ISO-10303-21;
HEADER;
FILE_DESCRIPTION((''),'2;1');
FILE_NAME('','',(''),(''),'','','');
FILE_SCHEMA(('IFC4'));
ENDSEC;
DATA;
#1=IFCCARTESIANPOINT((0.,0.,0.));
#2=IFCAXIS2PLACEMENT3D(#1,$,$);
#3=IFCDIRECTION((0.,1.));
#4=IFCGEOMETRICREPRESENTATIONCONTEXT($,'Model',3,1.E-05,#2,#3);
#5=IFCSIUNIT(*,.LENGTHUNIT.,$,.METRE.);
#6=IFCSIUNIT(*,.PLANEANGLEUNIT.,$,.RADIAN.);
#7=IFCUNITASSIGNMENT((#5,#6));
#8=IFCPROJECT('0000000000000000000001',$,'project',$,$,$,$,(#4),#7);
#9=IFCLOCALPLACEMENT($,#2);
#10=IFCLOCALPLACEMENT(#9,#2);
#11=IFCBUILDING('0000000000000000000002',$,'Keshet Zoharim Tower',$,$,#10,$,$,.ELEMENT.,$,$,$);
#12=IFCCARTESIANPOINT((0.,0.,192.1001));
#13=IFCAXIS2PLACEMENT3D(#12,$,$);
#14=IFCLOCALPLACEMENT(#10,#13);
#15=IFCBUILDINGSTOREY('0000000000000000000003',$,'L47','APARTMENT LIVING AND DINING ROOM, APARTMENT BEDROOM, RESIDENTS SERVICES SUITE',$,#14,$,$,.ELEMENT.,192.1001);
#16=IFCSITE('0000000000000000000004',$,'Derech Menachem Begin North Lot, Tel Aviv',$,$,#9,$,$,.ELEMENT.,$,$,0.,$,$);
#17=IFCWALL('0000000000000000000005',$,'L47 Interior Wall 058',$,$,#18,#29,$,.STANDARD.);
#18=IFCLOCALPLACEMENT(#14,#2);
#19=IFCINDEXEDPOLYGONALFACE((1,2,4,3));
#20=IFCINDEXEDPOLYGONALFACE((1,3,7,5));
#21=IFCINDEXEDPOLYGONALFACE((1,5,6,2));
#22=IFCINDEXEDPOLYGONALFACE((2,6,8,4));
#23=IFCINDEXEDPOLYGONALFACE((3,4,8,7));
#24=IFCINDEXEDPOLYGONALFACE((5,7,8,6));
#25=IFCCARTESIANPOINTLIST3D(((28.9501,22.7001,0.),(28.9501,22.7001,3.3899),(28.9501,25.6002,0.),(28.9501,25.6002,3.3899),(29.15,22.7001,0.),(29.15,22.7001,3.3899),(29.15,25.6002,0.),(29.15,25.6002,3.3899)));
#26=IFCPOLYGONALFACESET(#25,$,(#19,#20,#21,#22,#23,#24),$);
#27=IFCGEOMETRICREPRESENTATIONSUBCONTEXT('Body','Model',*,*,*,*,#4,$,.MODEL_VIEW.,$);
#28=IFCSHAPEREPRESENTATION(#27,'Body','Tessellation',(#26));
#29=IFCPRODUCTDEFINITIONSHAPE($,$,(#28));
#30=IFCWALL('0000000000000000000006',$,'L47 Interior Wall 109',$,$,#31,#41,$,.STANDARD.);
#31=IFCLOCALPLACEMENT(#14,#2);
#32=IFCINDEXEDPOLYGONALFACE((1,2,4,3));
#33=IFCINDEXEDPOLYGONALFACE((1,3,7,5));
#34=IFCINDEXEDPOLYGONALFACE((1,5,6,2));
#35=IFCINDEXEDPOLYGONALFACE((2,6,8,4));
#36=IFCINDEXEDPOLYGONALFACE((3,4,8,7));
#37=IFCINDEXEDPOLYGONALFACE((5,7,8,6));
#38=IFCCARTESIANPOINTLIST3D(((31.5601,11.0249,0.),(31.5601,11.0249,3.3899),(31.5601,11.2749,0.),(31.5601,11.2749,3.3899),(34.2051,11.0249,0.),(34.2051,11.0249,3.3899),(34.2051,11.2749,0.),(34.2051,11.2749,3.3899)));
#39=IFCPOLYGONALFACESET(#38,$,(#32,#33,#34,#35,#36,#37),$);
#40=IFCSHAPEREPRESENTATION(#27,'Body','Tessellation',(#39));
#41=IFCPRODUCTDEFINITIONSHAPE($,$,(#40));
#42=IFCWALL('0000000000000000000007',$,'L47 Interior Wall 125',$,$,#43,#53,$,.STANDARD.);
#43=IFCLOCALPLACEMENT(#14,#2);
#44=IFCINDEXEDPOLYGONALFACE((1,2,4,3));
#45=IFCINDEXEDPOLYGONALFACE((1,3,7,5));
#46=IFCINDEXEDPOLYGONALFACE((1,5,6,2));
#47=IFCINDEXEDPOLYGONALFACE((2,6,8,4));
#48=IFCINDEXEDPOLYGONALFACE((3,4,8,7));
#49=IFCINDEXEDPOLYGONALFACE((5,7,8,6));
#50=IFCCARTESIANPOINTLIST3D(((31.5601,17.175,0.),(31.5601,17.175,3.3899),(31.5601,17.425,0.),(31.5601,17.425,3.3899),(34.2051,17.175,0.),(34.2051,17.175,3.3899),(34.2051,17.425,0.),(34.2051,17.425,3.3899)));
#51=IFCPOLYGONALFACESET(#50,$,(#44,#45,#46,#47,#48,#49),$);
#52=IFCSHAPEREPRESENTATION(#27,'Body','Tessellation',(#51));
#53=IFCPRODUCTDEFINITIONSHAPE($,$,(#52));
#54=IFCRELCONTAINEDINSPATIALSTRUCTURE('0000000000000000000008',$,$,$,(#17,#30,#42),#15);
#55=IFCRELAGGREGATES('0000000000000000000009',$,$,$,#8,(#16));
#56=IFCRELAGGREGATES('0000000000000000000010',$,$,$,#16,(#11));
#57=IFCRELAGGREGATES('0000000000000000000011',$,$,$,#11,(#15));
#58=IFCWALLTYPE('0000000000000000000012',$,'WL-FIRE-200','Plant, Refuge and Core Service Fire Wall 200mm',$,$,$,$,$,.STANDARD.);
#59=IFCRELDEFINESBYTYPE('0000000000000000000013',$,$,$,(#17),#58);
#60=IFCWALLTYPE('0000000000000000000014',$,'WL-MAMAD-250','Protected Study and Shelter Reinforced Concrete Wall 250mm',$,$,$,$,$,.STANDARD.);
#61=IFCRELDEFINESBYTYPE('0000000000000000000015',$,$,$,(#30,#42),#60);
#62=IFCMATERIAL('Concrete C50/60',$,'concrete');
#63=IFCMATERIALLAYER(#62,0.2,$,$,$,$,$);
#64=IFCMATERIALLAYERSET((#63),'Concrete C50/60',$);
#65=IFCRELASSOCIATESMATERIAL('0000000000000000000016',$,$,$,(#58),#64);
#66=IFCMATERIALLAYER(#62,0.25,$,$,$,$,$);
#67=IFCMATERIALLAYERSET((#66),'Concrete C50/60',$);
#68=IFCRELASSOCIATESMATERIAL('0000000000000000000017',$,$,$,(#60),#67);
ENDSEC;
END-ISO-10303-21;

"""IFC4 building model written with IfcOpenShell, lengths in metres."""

from ifc_helpers import new_model, si_unit, direction, frame, frame_2d, origin, place, context, subcontext, project, spatial, rectangle, extrude, material, layer, layer_set, type_object, element, save


model = new_model("IFC4")

# Units and contexts
model_context = context("Model", 3, precision=1e-05, world=origin(), true_north=direction((0.0, 1.0)))
body_context = subcontext(model_context, "Body", "Model", "MODEL_VIEW")
ifc_project = project(units=[si_unit("LENGTHUNIT", "METRE"), si_unit("PLANEANGLEUNIT", "RADIAN")], contexts=[model_context])

# Site, building, storey
site_placement = place(None, origin())
site = spatial("IfcSite", under=ifc_project, at=site_placement, Name="Derech Menachem Begin North Lot, Tel Aviv", CompositionType="ELEMENT", RefElevation=0.0)
building_placement = place(site_placement, origin())
building = spatial("IfcBuilding", under=site, at=building_placement, Name="Keshet Zoharim Tower", CompositionType="ELEMENT")
storey_placement = place(building_placement, frame((0.0, 0.0, 192.1001)))
storey = spatial("IfcBuildingStorey", under=building, at=storey_placement, Name="L47", Description="APARTMENT LIVING AND DINING ROOM, APARTMENT BEDROOM, RESIDENTS SERVICES SUITE", CompositionType="ELEMENT", Elevation=192.1001)

# Wall
ifc_material_1 = material(Name="Concrete C50/60", Category="concrete")
ifc_layer_1 = layer(ifc_material_1, 0.2)
ifc_layer_set_1 = layer_set([ifc_layer_1], Name="Concrete C50/60")
wall_type_1 = type_object("IfcWallType", Name="WL-FIRE-200", Description="Plant, Refuge and Core Service Fire Wall 200mm", PredefinedType="STANDARD", material=ifc_layer_set_1)
wall_1_placement = place(storey_placement, frame((29.05, 22.7, 0.0), z_axis=(0.0, 0.0, 1.0), x_axis=(0.0, 1.0, 0.0)))
element("IfcWall", 1, at=wall_1_placement, inside=storey, type_object=wall_type_1, Name="L47 Interior Wall 058", PredefinedType="STANDARD", context=body_context, shape_type="SweptSolid", body=[
    extrude(rectangle(XDim=2.9001, YDim=0.2, at=frame_2d((1.4502, 0.0))), origin(), (0.0, 0.0, 1.0), 3.3899),
])

# Shared definitions
ifc_layer_2 = layer(ifc_material_1, 0.25)
ifc_layer_set_2 = layer_set([ifc_layer_2], Name="Concrete C50/60")
wall_type_2 = type_object("IfcWallType", Name="WL-MAMAD-250", Description="Protected Study and Shelter Reinforced Concrete Wall 250mm", PredefinedType="STANDARD", material=ifc_layer_set_2)

# Walls
for number, where, z_axis, x_axis, name in (
    (2, (31.5601, 11.1499, 0.0), (0.0, 0.0, 1.0), (1.0, 0.0, 0.0), "L47 Interior Wall 109"),
    (3, (31.5601, 17.3, 0.0), (0.0, 0.0, 1.0), (1.0, 0.0, 0.0), "L47 Interior Wall 125"),
):
    element("IfcWall", number, at=place(storey_placement, frame(where, z_axis=z_axis, x_axis=x_axis)), inside=storey, type_object=wall_type_2, Name=name, PredefinedType="STANDARD", context=body_context, shape_type="SweptSolid", body=[
        extrude(rectangle(XDim=2.645, YDim=0.25, at=frame_2d((1.3225, 0.0))), origin(), (0.0, 0.0, 1.0), 3.3899),
    ])

save(model, "model.ifc")
